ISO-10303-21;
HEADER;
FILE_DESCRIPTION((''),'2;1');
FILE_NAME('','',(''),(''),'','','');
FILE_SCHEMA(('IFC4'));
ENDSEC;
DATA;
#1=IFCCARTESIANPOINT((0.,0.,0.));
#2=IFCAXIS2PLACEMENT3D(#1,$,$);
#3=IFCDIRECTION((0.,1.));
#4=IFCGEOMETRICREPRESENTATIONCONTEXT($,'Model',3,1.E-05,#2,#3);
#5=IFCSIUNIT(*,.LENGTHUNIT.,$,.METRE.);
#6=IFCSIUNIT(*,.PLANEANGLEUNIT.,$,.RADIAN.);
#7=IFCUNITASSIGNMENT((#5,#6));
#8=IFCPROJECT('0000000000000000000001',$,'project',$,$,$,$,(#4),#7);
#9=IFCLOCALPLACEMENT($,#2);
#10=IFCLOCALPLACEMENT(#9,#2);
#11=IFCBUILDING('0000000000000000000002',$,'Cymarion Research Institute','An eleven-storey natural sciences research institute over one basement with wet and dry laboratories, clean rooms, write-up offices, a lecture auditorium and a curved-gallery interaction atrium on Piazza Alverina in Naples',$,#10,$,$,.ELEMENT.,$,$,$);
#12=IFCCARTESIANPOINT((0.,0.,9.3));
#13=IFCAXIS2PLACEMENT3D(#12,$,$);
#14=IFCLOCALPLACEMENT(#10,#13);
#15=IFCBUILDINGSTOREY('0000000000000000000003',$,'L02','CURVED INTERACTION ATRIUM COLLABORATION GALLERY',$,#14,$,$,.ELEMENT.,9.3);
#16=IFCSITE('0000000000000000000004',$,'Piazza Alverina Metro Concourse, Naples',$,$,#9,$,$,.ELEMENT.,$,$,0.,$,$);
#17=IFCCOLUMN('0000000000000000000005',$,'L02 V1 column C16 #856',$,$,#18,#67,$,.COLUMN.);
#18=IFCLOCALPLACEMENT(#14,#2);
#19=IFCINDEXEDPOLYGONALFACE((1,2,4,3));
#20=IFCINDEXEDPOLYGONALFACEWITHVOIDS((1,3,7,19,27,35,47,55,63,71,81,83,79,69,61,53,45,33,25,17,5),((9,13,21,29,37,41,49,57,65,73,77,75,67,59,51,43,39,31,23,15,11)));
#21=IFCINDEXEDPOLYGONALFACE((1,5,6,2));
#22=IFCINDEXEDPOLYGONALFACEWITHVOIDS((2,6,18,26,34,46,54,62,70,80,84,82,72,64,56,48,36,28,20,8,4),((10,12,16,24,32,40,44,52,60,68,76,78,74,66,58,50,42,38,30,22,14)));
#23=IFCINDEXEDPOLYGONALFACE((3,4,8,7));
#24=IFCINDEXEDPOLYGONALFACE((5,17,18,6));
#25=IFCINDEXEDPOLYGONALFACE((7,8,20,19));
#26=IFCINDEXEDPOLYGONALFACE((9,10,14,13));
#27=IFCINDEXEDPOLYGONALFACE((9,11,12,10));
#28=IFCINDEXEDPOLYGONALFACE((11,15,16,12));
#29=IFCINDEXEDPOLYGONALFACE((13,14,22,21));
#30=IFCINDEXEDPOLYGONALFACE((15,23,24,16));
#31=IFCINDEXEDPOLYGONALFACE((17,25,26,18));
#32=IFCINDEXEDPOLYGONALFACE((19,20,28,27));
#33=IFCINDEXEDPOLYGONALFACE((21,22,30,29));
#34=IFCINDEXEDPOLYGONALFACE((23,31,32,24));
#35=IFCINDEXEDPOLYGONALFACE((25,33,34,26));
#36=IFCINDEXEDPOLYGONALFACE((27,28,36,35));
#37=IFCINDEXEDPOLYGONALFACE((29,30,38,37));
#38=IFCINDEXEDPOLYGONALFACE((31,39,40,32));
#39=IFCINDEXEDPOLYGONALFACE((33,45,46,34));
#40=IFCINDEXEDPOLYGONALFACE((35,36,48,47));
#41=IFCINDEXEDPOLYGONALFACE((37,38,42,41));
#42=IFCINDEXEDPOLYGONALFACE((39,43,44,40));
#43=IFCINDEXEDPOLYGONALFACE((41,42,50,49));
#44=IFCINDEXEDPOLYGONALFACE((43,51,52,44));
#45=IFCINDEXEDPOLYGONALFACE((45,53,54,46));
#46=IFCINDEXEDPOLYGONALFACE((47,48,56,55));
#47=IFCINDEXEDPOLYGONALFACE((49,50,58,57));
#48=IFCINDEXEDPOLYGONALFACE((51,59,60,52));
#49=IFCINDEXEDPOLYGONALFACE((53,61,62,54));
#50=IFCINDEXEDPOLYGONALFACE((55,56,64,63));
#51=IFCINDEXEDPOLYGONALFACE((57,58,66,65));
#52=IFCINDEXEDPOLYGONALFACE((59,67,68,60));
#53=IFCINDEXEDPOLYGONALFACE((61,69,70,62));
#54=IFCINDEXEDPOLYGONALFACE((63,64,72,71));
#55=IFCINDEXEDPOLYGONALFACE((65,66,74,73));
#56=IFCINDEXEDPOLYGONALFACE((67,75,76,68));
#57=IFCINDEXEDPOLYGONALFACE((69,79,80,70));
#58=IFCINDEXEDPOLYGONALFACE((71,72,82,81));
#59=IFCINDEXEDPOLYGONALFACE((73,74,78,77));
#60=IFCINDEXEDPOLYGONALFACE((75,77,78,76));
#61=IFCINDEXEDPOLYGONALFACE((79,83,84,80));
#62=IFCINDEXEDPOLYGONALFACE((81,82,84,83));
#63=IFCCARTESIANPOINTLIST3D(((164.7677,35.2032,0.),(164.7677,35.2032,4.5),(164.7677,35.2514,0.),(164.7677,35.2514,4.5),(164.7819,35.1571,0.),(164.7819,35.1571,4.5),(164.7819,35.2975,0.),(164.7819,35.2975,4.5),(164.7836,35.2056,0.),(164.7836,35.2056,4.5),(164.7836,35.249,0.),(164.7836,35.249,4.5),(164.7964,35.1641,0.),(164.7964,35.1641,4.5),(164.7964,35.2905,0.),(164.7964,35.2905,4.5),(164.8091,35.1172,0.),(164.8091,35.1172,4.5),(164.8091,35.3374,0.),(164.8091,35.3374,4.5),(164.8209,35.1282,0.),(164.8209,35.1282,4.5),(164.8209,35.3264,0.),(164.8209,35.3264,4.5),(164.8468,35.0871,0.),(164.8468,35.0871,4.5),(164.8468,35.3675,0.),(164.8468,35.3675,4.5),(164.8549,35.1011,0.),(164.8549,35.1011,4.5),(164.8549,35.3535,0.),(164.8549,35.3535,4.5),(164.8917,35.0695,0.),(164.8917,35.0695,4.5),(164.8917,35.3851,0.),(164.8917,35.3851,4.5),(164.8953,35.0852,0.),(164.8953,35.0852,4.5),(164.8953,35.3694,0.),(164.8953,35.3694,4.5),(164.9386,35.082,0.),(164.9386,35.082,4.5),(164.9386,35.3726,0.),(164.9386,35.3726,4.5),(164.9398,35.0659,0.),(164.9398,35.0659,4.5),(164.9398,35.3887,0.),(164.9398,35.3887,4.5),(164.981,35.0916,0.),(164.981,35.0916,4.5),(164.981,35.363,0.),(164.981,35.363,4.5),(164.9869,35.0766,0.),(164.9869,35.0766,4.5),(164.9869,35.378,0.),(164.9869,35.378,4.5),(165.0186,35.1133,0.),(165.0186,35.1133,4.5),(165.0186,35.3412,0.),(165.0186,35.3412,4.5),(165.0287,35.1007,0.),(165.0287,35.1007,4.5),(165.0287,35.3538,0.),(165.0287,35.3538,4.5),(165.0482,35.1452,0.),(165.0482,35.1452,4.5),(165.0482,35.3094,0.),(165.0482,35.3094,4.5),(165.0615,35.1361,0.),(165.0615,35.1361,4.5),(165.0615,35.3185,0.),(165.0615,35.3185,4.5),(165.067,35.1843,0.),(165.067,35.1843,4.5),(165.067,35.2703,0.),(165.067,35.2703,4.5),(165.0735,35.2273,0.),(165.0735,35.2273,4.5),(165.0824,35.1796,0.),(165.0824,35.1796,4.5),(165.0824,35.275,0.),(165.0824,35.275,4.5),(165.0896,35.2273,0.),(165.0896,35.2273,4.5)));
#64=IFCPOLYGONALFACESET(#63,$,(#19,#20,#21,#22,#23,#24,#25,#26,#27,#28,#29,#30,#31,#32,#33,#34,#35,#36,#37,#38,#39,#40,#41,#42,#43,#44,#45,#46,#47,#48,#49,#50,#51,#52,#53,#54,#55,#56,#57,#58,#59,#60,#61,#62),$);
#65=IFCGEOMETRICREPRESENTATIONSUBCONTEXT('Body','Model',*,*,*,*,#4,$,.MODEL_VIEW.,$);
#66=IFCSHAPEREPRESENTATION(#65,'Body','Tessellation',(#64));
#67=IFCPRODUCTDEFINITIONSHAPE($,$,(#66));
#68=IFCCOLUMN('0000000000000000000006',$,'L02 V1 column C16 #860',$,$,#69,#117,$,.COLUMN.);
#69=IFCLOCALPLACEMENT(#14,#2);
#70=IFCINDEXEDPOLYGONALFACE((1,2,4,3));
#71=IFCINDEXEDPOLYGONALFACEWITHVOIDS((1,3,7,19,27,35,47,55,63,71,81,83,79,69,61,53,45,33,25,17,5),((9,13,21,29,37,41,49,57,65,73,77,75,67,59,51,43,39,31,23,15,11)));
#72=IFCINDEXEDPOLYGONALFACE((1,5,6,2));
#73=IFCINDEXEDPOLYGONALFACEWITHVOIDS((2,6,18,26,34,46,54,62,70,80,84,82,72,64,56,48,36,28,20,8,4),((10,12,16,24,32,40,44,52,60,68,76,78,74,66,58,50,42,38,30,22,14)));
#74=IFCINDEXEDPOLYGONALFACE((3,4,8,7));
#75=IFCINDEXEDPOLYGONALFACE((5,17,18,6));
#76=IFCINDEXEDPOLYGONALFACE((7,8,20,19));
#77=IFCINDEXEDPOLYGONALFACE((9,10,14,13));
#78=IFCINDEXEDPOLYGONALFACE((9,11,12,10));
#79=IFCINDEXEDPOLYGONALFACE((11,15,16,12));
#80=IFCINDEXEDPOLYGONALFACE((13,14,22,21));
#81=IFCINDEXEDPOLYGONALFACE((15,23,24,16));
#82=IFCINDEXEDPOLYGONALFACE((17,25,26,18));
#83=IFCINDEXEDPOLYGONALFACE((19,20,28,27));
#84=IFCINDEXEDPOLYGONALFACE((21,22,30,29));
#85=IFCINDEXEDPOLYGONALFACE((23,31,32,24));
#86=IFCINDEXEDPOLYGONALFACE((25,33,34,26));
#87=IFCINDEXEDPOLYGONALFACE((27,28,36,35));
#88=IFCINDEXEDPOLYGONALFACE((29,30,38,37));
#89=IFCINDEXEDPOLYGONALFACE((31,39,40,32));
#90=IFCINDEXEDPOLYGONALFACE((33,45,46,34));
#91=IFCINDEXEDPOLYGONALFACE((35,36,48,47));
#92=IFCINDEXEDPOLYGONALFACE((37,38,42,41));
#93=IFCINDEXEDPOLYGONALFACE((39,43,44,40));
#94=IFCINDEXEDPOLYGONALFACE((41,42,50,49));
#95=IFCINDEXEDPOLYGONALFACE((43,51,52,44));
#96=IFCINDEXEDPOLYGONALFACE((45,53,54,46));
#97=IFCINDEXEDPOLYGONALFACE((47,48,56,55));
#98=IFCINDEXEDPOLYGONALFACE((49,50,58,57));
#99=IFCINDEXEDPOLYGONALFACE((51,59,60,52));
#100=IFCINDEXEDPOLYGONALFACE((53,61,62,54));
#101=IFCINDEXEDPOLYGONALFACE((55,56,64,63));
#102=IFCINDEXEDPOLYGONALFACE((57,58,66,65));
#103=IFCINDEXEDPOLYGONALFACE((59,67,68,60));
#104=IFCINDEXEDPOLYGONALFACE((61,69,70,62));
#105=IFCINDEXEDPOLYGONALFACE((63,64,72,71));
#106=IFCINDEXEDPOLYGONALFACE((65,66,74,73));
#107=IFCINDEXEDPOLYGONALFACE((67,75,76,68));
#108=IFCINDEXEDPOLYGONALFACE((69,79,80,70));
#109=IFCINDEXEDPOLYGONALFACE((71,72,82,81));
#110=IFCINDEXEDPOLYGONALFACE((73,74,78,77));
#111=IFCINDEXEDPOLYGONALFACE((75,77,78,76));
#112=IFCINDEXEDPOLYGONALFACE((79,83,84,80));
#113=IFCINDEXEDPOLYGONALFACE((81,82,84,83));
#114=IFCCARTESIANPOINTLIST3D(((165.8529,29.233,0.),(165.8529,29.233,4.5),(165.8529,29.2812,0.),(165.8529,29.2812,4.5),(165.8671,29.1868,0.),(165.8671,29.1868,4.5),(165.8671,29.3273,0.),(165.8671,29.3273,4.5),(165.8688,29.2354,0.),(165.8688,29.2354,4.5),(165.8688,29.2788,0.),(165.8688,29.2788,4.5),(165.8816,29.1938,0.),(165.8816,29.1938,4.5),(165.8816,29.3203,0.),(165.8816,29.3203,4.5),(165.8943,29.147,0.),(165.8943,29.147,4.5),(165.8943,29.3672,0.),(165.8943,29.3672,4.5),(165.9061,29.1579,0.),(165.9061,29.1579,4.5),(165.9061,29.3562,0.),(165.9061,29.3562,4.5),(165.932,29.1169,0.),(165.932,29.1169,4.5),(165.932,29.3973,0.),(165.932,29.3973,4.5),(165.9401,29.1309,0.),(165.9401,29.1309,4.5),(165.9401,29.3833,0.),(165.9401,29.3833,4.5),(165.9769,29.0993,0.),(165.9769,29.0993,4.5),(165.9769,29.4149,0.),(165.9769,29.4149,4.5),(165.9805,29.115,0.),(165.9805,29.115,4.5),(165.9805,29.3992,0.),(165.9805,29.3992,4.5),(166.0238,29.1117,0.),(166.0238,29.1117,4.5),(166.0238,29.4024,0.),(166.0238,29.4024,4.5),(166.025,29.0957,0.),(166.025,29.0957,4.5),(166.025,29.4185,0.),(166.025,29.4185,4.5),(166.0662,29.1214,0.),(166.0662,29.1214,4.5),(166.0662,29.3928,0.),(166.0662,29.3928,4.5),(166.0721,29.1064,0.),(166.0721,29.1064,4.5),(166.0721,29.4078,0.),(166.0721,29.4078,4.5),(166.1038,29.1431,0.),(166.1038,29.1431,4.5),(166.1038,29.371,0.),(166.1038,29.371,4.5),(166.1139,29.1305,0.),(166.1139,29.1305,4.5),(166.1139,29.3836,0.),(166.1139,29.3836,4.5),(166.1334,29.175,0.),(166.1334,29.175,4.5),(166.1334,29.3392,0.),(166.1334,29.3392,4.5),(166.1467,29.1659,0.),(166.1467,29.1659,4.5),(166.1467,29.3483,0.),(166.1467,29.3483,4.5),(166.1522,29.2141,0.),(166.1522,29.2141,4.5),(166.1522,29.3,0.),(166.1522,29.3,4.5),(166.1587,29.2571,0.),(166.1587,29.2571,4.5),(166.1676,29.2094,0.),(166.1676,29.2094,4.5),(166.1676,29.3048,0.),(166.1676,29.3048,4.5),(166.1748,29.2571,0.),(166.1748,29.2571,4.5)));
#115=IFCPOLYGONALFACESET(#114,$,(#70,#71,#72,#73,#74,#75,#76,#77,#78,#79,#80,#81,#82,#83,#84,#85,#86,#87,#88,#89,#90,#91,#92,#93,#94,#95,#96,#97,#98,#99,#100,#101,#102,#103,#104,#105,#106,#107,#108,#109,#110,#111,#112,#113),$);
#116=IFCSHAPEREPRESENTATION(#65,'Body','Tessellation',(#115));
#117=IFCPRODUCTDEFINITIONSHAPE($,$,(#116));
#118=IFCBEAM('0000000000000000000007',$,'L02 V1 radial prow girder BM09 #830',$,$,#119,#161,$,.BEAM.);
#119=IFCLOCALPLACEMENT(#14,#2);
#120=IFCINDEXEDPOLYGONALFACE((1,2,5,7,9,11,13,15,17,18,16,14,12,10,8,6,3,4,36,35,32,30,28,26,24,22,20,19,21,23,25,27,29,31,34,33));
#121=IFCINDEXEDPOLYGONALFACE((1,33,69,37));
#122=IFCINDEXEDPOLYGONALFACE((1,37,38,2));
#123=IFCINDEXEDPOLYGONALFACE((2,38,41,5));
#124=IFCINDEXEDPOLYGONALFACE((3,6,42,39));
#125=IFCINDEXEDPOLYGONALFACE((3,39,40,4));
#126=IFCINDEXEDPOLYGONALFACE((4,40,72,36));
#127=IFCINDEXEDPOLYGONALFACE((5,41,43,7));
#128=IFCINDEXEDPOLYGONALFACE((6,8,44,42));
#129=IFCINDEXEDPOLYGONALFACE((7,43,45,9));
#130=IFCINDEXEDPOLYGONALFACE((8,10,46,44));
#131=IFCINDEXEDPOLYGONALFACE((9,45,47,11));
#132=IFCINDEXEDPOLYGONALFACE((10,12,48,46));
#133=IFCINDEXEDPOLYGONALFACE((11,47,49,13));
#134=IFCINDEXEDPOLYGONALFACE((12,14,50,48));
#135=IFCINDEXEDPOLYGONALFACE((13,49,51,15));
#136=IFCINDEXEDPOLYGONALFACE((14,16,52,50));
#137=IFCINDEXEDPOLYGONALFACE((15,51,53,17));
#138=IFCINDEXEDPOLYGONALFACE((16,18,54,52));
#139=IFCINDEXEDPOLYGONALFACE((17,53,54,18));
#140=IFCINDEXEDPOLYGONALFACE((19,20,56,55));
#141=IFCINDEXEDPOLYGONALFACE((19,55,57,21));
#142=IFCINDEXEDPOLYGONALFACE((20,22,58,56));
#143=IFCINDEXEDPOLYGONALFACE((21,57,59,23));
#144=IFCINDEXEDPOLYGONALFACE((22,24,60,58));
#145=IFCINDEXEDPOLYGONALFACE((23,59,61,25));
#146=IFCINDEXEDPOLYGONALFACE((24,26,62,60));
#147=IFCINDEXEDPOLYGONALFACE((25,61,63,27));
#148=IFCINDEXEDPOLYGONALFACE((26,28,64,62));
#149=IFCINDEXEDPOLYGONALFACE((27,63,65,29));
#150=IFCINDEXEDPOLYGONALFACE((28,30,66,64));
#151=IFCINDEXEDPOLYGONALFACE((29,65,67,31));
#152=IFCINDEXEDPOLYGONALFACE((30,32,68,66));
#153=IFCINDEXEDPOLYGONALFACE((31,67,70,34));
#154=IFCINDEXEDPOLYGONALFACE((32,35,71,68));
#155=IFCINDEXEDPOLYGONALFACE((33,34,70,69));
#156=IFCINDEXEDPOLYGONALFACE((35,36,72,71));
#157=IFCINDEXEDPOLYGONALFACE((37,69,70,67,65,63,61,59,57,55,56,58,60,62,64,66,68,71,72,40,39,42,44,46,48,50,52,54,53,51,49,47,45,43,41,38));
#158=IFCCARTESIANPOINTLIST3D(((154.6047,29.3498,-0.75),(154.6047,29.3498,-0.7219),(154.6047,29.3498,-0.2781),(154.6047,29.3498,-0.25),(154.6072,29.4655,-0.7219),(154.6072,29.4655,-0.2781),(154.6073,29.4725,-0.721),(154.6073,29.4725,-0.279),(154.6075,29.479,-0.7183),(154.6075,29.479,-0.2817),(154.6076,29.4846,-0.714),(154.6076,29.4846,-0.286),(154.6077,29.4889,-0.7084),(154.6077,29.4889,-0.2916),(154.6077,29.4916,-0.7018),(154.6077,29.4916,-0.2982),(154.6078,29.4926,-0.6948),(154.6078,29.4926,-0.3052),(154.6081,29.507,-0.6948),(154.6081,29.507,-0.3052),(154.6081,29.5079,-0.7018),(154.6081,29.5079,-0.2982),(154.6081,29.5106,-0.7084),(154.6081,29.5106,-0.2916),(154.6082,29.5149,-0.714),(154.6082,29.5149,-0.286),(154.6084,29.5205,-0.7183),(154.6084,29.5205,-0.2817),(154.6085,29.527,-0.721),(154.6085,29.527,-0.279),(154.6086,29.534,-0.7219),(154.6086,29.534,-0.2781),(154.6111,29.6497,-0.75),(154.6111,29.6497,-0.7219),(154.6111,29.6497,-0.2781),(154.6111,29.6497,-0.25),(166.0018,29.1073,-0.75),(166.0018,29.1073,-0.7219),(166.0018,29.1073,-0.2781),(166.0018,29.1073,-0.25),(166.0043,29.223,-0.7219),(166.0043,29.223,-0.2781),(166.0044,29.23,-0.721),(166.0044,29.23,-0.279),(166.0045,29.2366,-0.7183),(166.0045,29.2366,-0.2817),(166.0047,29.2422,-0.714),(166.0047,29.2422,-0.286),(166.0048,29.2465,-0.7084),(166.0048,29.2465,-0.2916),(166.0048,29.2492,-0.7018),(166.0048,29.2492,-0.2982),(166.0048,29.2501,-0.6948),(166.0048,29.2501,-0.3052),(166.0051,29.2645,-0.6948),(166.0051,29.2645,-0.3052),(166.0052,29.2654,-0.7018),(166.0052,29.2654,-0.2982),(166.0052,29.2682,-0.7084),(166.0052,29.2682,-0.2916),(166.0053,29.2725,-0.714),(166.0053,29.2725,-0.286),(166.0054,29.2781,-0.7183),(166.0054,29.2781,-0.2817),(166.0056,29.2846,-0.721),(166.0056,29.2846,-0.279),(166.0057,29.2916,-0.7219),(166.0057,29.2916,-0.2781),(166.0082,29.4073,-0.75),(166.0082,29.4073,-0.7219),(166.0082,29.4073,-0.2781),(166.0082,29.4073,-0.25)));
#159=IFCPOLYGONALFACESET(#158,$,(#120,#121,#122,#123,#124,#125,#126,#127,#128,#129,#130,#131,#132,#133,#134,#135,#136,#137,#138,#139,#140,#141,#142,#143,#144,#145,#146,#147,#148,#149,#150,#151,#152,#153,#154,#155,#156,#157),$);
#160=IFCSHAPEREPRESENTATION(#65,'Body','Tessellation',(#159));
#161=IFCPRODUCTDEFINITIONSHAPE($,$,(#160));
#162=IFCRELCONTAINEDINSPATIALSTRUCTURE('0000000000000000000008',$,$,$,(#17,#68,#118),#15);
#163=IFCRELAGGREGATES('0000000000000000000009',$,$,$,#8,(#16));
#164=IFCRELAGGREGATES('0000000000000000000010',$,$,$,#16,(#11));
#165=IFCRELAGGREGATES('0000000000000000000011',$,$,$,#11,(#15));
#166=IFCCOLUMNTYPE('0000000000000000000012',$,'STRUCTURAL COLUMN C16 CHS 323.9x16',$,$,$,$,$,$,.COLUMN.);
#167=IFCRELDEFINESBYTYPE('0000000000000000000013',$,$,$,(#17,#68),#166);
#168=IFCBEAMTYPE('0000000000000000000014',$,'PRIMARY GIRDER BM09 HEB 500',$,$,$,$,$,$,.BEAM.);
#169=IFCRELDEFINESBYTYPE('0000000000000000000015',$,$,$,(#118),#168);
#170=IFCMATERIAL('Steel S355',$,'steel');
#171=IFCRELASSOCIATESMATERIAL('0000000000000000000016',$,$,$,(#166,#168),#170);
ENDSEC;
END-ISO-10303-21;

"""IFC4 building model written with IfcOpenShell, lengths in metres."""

from ifc_helpers import new_model, si_unit, direction, frame, origin, origin_2d, place, context, subcontext, project, spatial, hollow_circle, i_section, extrude, material, material_profile, profile_set, type_object, element, save


model = new_model("IFC4")

# Units and contexts
model_context = context("Model", 3, precision=1e-05, world=origin(), true_north=direction((0.0, 1.0)))
body_context = subcontext(model_context, "Body", "Model", "MODEL_VIEW")
ifc_project = project(units=[si_unit("LENGTHUNIT", "METRE"), si_unit("PLANEANGLEUNIT", "RADIAN")], contexts=[model_context])

# Site, building, storey
site_placement = place(None, origin())
site = spatial("IfcSite", under=ifc_project, at=site_placement, Name="Piazza Alverina Metro Concourse, Naples", CompositionType="ELEMENT", RefElevation=0.0)
building_placement = place(site_placement, origin())
building = spatial("IfcBuilding", under=site, at=building_placement, Name="Cymarion Research Institute", Description="An eleven-storey natural sciences research institute over one basement with wet and dry laboratories, clean rooms, write-up offices, a lecture auditorium and a curved-gallery interaction atrium on Piazza Alverina in Naples", CompositionType="ELEMENT")
storey_placement = place(building_placement, frame((0.0, 0.0, 9.3)))
storey = spatial("IfcBuildingStorey", under=building, at=storey_placement, Name="L02", Description="CURVED INTERACTION ATRIUM COLLABORATION GALLERY", CompositionType="ELEMENT", Elevation=9.3)

# Columns
ifc_material_1 = material(Name="Steel S355", Category="steel")
ifc_material_profile_1 = material_profile(ifc_material_1, hollow_circle(Radius=0.1619, WallThickness=0.0161, at=origin_2d()), Name="CHS 323.9x16")
ifc_profile_set_1 = profile_set([ifc_material_profile_1], Name="Steel S355")
column_type_1 = type_object("IfcColumnType", Name="STRUCTURAL COLUMN C16 CHS 323.9x16", PredefinedType="COLUMN", material=ifc_profile_set_1)
for number, where, z_axis, x_axis, name in (
    (1, (164.9277, 35.2273, 0.0), (0.0, 0.0, 1.0), (1.0, 0.0, 0.0), "L02 V1 column C16 #856"),
    (2, (166.0129, 29.2571, 0.0), (0.0, 0.0, 1.0), (1.0, 0.0, 0.0), "L02 V1 column C16 #860"),
):
    element("IfcColumn", number, at=place(storey_placement, frame(where, z_axis=z_axis, x_axis=x_axis)), inside=storey, type_object=column_type_1, Name=name, PredefinedType="COLUMN", context=body_context, shape_type="SweptSolid", body=[
        extrude(hollow_circle(Radius=0.1619, WallThickness=0.0161, at=origin_2d()), origin(), (0.0, 0.0, 1.0), 4.5),
    ])

# Beam
ifc_material_profile_2 = material_profile(ifc_material_1, i_section(OverallWidth=0.3, OverallDepth=0.5, WebThickness=0.0144, FlangeThickness=0.0281, FilletRadius=0.0271, at=origin_2d()), Name="HEB 500")
ifc_profile_set_2 = profile_set([ifc_material_profile_2], Name="Steel S355")
beam_type_1 = type_object("IfcBeamType", Name="PRIMARY GIRDER BM09 HEB 500", PredefinedType="BEAM", material=ifc_profile_set_2)
beam_1_placement = place(storey_placement, frame((154.6079, 29.4998, -0.5), z_axis=(0.999774, -0.021267, 0.0), x_axis=(0.021267, 0.999774, 0.0)))
element("IfcBeam", 3, at=beam_1_placement, inside=storey, type_object=beam_type_1, Name="L02 V1 radial prow girder BM09 #830", PredefinedType="BEAM", context=body_context, shape_type="SweptSolid", body=[
    extrude(i_section(OverallWidth=0.3, OverallDepth=0.5, WebThickness=0.0144, FlangeThickness=0.0281, FilletRadius=0.0271, at=origin_2d()), origin(), (0.0, 0.0, 1.0), 11.3997),
])

save(model, "model.ifc")
